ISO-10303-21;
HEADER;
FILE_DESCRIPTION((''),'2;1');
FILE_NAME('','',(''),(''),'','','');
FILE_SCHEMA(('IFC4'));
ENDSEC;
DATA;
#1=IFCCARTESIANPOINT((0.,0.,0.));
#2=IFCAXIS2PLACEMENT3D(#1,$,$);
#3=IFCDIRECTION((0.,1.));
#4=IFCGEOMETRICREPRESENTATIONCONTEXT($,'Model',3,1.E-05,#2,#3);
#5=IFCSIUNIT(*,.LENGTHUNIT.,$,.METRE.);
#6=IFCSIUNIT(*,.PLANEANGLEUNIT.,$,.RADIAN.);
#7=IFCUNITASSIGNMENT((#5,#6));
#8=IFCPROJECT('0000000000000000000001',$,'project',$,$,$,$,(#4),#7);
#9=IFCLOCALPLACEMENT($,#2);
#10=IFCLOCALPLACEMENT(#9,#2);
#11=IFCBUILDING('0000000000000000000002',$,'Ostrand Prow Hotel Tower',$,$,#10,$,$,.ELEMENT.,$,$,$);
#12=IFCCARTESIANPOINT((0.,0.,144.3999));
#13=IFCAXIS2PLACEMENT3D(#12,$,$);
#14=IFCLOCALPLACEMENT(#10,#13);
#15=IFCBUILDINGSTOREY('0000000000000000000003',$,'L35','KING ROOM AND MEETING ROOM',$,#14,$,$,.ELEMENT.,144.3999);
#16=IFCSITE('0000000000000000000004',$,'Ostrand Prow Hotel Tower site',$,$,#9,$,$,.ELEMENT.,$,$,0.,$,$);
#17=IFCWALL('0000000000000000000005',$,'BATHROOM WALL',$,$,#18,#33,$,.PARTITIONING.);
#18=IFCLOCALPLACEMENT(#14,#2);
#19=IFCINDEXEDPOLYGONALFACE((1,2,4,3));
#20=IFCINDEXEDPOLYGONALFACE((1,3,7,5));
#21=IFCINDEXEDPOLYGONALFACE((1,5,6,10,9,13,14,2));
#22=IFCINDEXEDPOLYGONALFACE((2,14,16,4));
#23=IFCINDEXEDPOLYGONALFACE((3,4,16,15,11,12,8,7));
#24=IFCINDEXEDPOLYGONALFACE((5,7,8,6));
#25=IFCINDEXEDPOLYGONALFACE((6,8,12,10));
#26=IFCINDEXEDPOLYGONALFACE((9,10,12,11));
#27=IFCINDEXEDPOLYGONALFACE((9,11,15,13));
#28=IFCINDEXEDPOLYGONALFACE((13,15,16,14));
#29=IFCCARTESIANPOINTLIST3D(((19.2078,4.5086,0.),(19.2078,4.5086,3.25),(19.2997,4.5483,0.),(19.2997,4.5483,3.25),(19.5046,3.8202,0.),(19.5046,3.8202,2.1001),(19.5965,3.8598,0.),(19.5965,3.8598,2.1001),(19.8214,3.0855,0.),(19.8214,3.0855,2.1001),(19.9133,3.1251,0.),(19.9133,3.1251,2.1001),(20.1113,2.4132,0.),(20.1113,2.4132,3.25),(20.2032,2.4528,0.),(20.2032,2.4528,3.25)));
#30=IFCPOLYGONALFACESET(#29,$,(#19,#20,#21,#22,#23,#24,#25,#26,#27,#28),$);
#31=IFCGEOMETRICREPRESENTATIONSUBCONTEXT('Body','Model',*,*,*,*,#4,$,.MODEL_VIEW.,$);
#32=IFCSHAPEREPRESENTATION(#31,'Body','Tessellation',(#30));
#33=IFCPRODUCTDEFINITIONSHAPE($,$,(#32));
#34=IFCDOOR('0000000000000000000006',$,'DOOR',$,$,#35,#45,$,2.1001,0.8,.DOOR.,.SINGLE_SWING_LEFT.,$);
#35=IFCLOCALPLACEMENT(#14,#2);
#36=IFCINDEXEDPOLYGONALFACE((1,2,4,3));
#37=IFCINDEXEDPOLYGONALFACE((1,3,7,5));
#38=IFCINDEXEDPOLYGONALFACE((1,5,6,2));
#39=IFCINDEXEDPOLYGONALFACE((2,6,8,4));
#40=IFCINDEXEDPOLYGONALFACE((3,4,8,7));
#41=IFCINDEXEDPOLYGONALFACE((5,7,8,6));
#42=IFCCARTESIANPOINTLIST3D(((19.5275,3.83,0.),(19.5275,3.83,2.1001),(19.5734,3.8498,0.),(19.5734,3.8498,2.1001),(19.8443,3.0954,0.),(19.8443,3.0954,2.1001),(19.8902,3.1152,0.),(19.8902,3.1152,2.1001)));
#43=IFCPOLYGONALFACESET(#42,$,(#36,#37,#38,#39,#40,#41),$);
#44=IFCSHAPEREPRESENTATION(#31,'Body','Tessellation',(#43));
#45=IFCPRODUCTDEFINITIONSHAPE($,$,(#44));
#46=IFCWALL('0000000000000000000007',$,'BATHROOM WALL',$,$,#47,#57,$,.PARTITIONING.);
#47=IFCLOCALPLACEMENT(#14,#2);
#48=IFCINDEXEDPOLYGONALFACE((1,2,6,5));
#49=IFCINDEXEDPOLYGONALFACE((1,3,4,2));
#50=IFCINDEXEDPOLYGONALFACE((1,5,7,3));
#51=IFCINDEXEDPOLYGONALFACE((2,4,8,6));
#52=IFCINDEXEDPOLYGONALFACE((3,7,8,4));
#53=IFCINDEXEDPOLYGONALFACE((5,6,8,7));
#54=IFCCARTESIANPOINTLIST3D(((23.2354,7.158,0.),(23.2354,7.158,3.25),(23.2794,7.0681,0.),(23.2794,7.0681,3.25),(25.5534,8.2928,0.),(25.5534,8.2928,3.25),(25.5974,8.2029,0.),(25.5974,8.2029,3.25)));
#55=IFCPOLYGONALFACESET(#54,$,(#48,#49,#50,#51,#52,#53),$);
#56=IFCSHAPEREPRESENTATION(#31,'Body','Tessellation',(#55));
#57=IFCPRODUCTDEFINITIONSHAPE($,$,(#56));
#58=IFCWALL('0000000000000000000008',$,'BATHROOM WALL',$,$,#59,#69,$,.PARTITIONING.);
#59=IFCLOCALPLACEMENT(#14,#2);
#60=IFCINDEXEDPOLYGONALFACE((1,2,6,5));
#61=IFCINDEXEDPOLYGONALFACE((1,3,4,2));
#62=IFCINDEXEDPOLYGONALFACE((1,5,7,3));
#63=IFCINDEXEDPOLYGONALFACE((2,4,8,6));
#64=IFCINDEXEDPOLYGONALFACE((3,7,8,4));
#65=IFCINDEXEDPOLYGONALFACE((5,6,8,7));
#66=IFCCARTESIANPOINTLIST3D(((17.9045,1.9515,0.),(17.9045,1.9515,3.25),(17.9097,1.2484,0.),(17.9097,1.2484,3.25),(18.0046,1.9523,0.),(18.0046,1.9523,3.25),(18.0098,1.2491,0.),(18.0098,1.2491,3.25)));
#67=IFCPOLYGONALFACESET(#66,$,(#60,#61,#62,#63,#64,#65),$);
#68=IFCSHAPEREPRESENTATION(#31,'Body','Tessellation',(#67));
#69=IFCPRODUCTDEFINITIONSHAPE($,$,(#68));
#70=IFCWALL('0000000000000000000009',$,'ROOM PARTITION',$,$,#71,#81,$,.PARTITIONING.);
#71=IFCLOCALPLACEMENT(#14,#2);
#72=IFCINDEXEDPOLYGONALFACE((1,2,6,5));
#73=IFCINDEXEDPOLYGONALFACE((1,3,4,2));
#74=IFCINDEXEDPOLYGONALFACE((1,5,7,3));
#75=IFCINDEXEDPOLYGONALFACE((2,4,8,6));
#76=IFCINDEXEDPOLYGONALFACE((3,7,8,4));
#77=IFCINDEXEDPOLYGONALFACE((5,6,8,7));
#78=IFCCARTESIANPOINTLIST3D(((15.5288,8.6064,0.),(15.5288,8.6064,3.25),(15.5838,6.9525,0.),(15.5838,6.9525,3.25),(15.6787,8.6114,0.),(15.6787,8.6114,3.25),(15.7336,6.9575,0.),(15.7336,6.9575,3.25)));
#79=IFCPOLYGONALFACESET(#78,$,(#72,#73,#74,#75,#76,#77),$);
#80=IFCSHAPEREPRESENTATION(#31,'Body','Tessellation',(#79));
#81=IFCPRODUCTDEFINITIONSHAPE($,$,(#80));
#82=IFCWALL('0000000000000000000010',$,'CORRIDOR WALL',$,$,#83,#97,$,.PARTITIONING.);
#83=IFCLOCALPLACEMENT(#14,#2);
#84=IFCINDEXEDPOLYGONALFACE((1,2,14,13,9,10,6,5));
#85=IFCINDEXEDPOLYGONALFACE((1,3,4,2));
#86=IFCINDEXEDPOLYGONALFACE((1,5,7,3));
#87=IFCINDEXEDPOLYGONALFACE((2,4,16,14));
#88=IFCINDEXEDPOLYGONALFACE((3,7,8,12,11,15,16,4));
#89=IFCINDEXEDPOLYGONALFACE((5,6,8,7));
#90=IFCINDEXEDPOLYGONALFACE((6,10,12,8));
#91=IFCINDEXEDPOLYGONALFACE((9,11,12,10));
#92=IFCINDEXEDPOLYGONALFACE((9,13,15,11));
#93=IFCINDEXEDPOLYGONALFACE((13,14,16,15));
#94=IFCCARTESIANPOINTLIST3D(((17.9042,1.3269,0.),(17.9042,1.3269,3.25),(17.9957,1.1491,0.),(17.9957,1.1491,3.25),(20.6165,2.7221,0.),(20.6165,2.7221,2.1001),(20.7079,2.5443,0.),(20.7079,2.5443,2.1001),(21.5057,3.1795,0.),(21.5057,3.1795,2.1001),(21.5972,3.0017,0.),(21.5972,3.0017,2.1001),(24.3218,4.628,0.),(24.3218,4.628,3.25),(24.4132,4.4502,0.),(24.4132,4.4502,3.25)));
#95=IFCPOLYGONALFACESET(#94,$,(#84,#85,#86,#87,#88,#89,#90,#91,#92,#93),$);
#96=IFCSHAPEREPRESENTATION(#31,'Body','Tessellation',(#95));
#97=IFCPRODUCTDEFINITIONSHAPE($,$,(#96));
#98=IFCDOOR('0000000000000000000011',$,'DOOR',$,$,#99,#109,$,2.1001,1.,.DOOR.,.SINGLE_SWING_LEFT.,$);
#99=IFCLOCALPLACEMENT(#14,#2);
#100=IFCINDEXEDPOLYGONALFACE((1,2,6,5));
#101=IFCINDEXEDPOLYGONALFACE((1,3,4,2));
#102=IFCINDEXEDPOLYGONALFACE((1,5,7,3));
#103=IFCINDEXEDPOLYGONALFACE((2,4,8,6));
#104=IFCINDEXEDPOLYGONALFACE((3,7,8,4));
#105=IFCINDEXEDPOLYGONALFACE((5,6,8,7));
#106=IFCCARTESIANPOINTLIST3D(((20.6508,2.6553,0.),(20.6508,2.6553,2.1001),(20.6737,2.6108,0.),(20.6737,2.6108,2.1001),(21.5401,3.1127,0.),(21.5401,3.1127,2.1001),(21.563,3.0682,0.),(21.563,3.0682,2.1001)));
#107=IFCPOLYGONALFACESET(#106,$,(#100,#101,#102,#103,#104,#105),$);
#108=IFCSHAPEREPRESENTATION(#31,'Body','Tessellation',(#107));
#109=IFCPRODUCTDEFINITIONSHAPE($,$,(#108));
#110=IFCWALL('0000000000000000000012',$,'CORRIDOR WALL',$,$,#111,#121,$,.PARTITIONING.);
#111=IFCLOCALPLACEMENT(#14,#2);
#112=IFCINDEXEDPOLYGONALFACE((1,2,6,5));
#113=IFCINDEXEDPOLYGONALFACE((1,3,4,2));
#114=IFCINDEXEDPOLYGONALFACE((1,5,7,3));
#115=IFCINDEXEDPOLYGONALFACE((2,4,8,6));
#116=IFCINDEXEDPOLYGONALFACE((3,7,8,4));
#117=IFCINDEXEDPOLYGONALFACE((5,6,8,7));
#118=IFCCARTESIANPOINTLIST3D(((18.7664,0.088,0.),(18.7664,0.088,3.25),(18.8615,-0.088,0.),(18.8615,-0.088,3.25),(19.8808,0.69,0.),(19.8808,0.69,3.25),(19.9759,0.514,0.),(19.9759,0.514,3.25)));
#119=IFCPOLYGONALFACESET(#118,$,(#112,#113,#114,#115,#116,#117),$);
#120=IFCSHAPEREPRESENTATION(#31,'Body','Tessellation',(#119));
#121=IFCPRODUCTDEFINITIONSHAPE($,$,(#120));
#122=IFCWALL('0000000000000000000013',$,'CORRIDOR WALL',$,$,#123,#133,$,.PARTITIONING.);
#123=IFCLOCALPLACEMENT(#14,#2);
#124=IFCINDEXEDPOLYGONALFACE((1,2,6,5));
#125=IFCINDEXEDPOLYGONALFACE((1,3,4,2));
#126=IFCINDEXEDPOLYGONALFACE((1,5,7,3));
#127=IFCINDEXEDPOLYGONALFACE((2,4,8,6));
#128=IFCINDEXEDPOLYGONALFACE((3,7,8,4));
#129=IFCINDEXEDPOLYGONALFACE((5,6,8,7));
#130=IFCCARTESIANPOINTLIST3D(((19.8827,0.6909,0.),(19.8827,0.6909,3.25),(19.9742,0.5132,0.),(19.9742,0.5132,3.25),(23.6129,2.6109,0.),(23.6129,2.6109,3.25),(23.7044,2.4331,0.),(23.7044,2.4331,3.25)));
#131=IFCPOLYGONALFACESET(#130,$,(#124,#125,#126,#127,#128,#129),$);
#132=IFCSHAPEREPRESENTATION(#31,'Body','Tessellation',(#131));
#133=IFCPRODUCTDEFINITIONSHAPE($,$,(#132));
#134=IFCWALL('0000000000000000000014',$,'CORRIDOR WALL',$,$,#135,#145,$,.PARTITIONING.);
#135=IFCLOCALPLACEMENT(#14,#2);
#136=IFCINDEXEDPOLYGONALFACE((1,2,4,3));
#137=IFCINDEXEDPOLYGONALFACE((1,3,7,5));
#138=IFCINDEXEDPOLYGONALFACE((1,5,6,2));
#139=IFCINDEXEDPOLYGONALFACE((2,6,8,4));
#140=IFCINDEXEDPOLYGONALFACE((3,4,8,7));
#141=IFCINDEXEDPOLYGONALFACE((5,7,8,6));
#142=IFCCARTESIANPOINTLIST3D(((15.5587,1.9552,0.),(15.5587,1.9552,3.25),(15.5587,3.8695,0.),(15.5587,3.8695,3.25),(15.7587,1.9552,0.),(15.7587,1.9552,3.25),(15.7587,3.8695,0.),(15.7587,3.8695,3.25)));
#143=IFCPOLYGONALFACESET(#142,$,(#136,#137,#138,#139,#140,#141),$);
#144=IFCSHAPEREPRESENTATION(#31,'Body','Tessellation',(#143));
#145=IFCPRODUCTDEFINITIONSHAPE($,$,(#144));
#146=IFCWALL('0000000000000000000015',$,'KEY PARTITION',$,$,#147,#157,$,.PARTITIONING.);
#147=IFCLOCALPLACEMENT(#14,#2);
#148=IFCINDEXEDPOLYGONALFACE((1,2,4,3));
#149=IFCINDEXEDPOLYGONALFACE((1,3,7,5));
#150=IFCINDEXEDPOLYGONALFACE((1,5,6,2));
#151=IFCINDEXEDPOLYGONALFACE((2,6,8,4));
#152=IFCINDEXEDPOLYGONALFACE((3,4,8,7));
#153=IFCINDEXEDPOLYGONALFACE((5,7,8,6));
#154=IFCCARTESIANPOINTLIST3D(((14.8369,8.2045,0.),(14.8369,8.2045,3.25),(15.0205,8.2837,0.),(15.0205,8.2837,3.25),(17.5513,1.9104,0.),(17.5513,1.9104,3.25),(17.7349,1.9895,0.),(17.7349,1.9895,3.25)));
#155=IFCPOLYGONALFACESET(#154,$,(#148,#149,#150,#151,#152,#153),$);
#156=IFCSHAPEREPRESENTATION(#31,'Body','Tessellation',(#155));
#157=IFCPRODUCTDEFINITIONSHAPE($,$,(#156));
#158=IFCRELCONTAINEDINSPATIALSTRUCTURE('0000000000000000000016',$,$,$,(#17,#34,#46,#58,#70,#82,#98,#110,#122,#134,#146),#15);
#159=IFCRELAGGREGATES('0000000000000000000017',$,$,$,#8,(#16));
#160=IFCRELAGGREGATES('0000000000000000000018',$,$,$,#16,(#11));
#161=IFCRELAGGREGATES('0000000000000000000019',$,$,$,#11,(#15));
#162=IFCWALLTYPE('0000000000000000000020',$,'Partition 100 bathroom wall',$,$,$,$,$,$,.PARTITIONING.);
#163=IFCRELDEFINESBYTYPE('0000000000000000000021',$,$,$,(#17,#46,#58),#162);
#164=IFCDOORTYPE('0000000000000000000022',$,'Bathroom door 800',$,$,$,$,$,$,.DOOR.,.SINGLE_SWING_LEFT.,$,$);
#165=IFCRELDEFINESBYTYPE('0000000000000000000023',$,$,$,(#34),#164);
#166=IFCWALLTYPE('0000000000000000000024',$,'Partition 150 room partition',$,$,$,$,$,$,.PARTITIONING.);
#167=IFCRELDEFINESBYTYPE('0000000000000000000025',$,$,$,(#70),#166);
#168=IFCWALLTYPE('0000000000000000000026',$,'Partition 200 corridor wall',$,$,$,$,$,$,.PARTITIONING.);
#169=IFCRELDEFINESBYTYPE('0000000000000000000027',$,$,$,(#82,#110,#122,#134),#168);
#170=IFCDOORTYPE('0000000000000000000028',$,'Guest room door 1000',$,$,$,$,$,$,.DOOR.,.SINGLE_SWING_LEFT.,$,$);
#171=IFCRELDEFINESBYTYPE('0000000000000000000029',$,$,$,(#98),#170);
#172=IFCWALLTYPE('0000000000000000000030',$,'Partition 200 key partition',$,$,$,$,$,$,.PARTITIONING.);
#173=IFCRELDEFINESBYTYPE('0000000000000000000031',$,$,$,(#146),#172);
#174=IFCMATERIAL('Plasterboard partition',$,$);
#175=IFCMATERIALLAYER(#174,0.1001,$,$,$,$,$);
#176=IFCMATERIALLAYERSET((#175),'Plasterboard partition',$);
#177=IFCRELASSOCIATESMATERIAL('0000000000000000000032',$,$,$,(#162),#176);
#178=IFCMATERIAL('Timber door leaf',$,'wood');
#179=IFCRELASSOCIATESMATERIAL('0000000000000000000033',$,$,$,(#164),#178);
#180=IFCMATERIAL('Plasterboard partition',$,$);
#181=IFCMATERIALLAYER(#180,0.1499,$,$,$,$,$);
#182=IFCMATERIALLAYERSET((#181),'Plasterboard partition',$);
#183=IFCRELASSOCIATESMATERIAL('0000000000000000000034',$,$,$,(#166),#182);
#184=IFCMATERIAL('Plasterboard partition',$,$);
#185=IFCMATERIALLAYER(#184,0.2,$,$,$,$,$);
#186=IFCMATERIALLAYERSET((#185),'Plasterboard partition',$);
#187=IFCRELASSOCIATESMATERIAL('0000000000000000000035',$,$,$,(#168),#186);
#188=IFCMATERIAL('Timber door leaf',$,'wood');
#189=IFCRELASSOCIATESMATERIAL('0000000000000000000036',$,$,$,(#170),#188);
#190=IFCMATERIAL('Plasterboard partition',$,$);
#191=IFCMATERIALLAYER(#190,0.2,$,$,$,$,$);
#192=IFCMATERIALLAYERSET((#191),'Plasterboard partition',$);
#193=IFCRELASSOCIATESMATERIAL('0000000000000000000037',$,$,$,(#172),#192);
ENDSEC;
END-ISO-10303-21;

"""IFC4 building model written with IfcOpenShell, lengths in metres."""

from ifc_helpers import new_model, si_unit, direction, frame, frame_2d, origin, place, context, subcontext, project, spatial, rectangle, extrude, material, layer, layer_set, type_object, element, fill, save


model = new_model("IFC4")

# Units and contexts
model_context = context("Model", 3, precision=1e-05, world=origin(), true_north=direction((0.0, 1.0)))
body_context = subcontext(model_context, "Body", "Model", "MODEL_VIEW")
ifc_project = project(units=[si_unit("LENGTHUNIT", "METRE"), si_unit("PLANEANGLEUNIT", "RADIAN")], contexts=[model_context])

# Site, building, storey
site_placement = place(None, origin())
site = spatial("IfcSite", under=ifc_project, at=site_placement, Name="Ostrand Prow Hotel Tower site", CompositionType="ELEMENT", RefElevation=0.0)
building_placement = place(site_placement, origin())
building = spatial("IfcBuilding", under=site, at=building_placement, Name="Ostrand Prow Hotel Tower", CompositionType="ELEMENT")
storey_placement = place(building_placement, frame((0.0, 0.0, 144.3999)))
storey = spatial("IfcBuildingStorey", under=building, at=storey_placement, Name="L35", Description="KING ROOM AND MEETING ROOM", CompositionType="ELEMENT", Elevation=144.3999)

# Shared definitions
ifc_material_1 = material(Name="Plasterboard partition")
ifc_layer_1 = layer(ifc_material_1, 0.1001)
ifc_layer_set_1 = layer_set([ifc_layer_1], Name="Plasterboard partition")
wall_type_1 = type_object("IfcWallType", Name="Partition 100 bathroom wall", PredefinedType="PARTITIONING", material=ifc_layer_set_1)

# Wall, opening, door
wall_1_placement = place(storey_placement, frame((19.2537, 4.5286, 0.0), z_axis=(0.0, 0.0, 1.0), x_axis=(0.395958, -0.918268, 0.0)))
wall_1 = element("IfcWall", 1, at=wall_1_placement, inside=storey, type_object=wall_type_1, Name="BATHROOM WALL", PredefinedType="PARTITIONING", context=body_context, shape_type="SweptSolid", body=[
    extrude(rectangle(XDim=2.282, YDim=0.1001, at=frame_2d((1.1411, 0.0))), origin(), (0.0, 0.0, 1.0), 3.25),
])
opening_1_placement = place(wall_1_placement, frame((0.75, 0.0, 0.0)))
opening_1 = element("IfcOpeningElement", 2, at=opening_1_placement, cuts=wall_1, PredefinedType="OPENING", context=body_context, shape_type="SweptSolid", body=[
    extrude(rectangle(XDim=0.8, YDim=2.1001, at=frame_2d((0.3999, 1.05))), frame((0.0, 0.0601, 0.0), z_axis=(0.0, -1.0, 0.0), x_axis=(1.0, 0.0, 0.0)), (0.0, 0.0, 1.0), 0.1201),
])
ifc_material_2 = material(Name="Timber door leaf", Category="wood")
door_type_1 = type_object("IfcDoorType", Name="Bathroom door 800", OperationType="SINGLE_SWING_LEFT", PredefinedType="DOOR", material=ifc_material_2)
door_1_placement = place(opening_1_placement, origin())
door_1 = element("IfcDoor", 3, at=door_1_placement, inside=storey, type_object=door_type_1, Name="DOOR", OperationType="SINGLE_SWING_LEFT", OverallHeight=2.1001, OverallWidth=0.8, PredefinedType="DOOR", context=body_context, shape_type="SweptSolid", body=[
    extrude(rectangle(XDim=0.8, YDim=2.1001, at=frame_2d((0.3999, 1.05))), frame((0.0, 0.0249, 0.0), z_axis=(0.0, -1.0, 0.0), x_axis=(1.0, 0.0, 0.0)), (0.0, 0.0, 1.0), 0.05),
])
fill(opening_1, door_1)

# Walls
wall_2_placement = place(storey_placement, frame((23.2573, 7.113, 0.0), z_axis=(0.0, 0.0, 1.0), x_axis=(0.898142, 0.439706, 0.0)))
element("IfcWall", 4, at=wall_2_placement, inside=storey, type_object=wall_type_1, Name="BATHROOM WALL", PredefinedType="PARTITIONING", context=body_context, shape_type="SweptSolid", body=[
    extrude(rectangle(XDim=2.5808, YDim=0.1001, at=frame_2d((1.2905, 0.0))), origin(), (0.0, 0.0, 1.0), 3.25),
])
wall_3_placement = place(storey_placement, frame((17.9597, 1.2488, 0.0), z_axis=(0.0, 0.0, 1.0), x_axis=(-0.007291, 0.999973, 0.0)))
element("IfcWall", 5, at=wall_3_placement, inside=storey, type_object=wall_type_1, Name="BATHROOM WALL", PredefinedType="PARTITIONING", context=body_context, shape_type="SweptSolid", body=[
    extrude(rectangle(XDim=0.7031, YDim=0.1001, at=frame_2d((0.3516, 0.0))), origin(), (0.0, 0.0, 1.0), 3.25),
])
ifc_material_3 = material(Name="Plasterboard partition")
ifc_layer_2 = layer(ifc_material_3, 0.1499)
ifc_layer_set_2 = layer_set([ifc_layer_2], Name="Plasterboard partition")
wall_type_2 = type_object("IfcWallType", Name="Partition 150 room partition", PredefinedType="PARTITIONING", material=ifc_layer_set_2)
wall_4_placement = place(storey_placement, frame((15.6038, 8.6089, 0.0), z_axis=(0.0, 0.0, 1.0), x_axis=(0.033197, -0.999449, 0.0)))
element("IfcWall", 6, at=wall_4_placement, inside=storey, type_object=wall_type_2, Name="ROOM PARTITION", PredefinedType="PARTITIONING", context=body_context, shape_type="SweptSolid", body=[
    extrude(rectangle(XDim=1.6548, YDim=0.1499, at=frame_2d((0.8274, 0.0))), origin(), (0.0, 0.0, 1.0), 3.25),
])

# Wall, opening, door
ifc_material_4 = material(Name="Plasterboard partition")
ifc_layer_3 = layer(ifc_material_4, 0.2)
ifc_layer_set_3 = layer_set([ifc_layer_3], Name="Plasterboard partition")
wall_type_3 = type_object("IfcWallType", Name="Partition 200 corridor wall", PredefinedType="PARTITIONING", material=ifc_layer_set_3)
wall_5_placement = place(storey_placement, frame((17.95, 1.238, 0.0), z_axis=(0.0, 0.0, 1.0), x_axis=(0.889254, 0.457415, 0.0)))
wall_5 = element("IfcWall", 7, at=wall_5_placement, inside=storey, type_object=wall_type_3, Name="CORRIDOR WALL", PredefinedType="PARTITIONING", context=body_context, shape_type="SweptSolid", body=[
    extrude(rectangle(XDim=7.2168, YDim=0.2, at=frame_2d((3.6084, 0.0))), origin(), (0.0, 0.0, 1.0), 3.25),
])
opening_2_placement = place(wall_5_placement, frame((3.05, 0.0, 0.0)))
opening_2 = element("IfcOpeningElement", 8, at=opening_2_placement, cuts=wall_5, PredefinedType="OPENING", context=body_context, shape_type="SweptSolid", body=[
    extrude(rectangle(XDim=1.0, YDim=2.1001, at=frame_2d((0.5, 1.05))), frame((0.0, 0.1099, 0.0), z_axis=(0.0, -1.0, 0.0), x_axis=(1.0, 0.0, 0.0)), (0.0, 0.0, 1.0), 0.22),
])
ifc_material_5 = material(Name="Timber door leaf", Category="wood")
door_type_2 = type_object("IfcDoorType", Name="Guest room door 1000", OperationType="SINGLE_SWING_LEFT", PredefinedType="DOOR", material=ifc_material_5)
door_2_placement = place(opening_2_placement, origin())
door_2 = element("IfcDoor", 9, at=door_2_placement, inside=storey, type_object=door_type_2, Name="DOOR", OperationType="SINGLE_SWING_LEFT", OverallHeight=2.1001, OverallWidth=1.0, PredefinedType="DOOR", context=body_context, shape_type="SweptSolid", body=[
    extrude(rectangle(XDim=1.0, YDim=2.1001, at=frame_2d((0.5, 1.05))), frame((0.0, 0.0249, 0.0), z_axis=(0.0, -1.0, 0.0), x_axis=(1.0, 0.0, 0.0)), (0.0, 0.0, 1.0), 0.05),
])
fill(opening_2, door_2)

# Walls
wall_6_placement = place(storey_placement, frame((18.814, 0.0, 0.0), z_axis=(0.0, 0.0, 1.0), x_axis=(0.879833, 0.475283, 0.0)))
element("IfcWall", 10, at=wall_6_placement, inside=storey, type_object=wall_type_3, Name="CORRIDOR WALL", PredefinedType="PARTITIONING", context=body_context, shape_type="SweptSolid", body=[
    extrude(rectangle(XDim=1.2666, YDim=0.2, at=frame_2d((0.6333, 0.0))), origin(), (0.0, 0.0, 1.0), 3.25),
])
wall_7_placement = place(storey_placement, frame((19.9285, 0.6021, 0.0), z_axis=(0.0, 0.0, 1.0), x_axis=(0.88914, 0.457635, 0.0)))
element("IfcWall", 11, at=wall_7_placement, inside=storey, type_object=wall_type_3, Name="CORRIDOR WALL", PredefinedType="PARTITIONING", context=body_context, shape_type="SweptSolid", body=[
    extrude(rectangle(XDim=4.1953, YDim=0.2, at=frame_2d((2.0977, 0.0))), origin(), (0.0, 0.0, 1.0), 3.25),
])
wall_8_placement = place(storey_placement, frame((15.6587, 3.8694, 0.0), z_axis=(0.0, 0.0, 1.0), x_axis=(0.0, -1.0, 0.0)))
element("IfcWall", 12, at=wall_8_placement, inside=storey, type_object=wall_type_3, Name="CORRIDOR WALL", PredefinedType="PARTITIONING", context=body_context, shape_type="SweptSolid", body=[
    extrude(rectangle(XDim=1.9143, YDim=0.2, at=frame_2d((0.957, 0.0))), origin(), (0.0, 0.0, 1.0), 3.25),
])
ifc_material_6 = material(Name="Plasterboard partition")
ifc_layer_4 = layer(ifc_material_6, 0.2)
ifc_layer_set_4 = layer_set([ifc_layer_4], Name="Plasterboard partition")
wall_type_4 = type_object("IfcWallType", Name="Partition 200 key partition", PredefinedType="PARTITIONING", material=ifc_layer_set_4)
wall_9_placement = place(storey_placement, frame((17.6431, 1.95, 0.0), z_axis=(0.0, 0.0, 1.0), x_axis=(-0.395995, 0.918253, 0.0)))
element("IfcWall", 13, at=wall_9_placement, inside=storey, type_object=wall_type_4, Name="KEY PARTITION", PredefinedType="PARTITIONING", context=body_context, shape_type="SweptSolid", body=[
    extrude(rectangle(XDim=6.8545, YDim=0.2, at=frame_2d((3.4272, 0.0))), origin(), (0.0, 0.0, 1.0), 3.25),
])

save(model, "model.ifc")
